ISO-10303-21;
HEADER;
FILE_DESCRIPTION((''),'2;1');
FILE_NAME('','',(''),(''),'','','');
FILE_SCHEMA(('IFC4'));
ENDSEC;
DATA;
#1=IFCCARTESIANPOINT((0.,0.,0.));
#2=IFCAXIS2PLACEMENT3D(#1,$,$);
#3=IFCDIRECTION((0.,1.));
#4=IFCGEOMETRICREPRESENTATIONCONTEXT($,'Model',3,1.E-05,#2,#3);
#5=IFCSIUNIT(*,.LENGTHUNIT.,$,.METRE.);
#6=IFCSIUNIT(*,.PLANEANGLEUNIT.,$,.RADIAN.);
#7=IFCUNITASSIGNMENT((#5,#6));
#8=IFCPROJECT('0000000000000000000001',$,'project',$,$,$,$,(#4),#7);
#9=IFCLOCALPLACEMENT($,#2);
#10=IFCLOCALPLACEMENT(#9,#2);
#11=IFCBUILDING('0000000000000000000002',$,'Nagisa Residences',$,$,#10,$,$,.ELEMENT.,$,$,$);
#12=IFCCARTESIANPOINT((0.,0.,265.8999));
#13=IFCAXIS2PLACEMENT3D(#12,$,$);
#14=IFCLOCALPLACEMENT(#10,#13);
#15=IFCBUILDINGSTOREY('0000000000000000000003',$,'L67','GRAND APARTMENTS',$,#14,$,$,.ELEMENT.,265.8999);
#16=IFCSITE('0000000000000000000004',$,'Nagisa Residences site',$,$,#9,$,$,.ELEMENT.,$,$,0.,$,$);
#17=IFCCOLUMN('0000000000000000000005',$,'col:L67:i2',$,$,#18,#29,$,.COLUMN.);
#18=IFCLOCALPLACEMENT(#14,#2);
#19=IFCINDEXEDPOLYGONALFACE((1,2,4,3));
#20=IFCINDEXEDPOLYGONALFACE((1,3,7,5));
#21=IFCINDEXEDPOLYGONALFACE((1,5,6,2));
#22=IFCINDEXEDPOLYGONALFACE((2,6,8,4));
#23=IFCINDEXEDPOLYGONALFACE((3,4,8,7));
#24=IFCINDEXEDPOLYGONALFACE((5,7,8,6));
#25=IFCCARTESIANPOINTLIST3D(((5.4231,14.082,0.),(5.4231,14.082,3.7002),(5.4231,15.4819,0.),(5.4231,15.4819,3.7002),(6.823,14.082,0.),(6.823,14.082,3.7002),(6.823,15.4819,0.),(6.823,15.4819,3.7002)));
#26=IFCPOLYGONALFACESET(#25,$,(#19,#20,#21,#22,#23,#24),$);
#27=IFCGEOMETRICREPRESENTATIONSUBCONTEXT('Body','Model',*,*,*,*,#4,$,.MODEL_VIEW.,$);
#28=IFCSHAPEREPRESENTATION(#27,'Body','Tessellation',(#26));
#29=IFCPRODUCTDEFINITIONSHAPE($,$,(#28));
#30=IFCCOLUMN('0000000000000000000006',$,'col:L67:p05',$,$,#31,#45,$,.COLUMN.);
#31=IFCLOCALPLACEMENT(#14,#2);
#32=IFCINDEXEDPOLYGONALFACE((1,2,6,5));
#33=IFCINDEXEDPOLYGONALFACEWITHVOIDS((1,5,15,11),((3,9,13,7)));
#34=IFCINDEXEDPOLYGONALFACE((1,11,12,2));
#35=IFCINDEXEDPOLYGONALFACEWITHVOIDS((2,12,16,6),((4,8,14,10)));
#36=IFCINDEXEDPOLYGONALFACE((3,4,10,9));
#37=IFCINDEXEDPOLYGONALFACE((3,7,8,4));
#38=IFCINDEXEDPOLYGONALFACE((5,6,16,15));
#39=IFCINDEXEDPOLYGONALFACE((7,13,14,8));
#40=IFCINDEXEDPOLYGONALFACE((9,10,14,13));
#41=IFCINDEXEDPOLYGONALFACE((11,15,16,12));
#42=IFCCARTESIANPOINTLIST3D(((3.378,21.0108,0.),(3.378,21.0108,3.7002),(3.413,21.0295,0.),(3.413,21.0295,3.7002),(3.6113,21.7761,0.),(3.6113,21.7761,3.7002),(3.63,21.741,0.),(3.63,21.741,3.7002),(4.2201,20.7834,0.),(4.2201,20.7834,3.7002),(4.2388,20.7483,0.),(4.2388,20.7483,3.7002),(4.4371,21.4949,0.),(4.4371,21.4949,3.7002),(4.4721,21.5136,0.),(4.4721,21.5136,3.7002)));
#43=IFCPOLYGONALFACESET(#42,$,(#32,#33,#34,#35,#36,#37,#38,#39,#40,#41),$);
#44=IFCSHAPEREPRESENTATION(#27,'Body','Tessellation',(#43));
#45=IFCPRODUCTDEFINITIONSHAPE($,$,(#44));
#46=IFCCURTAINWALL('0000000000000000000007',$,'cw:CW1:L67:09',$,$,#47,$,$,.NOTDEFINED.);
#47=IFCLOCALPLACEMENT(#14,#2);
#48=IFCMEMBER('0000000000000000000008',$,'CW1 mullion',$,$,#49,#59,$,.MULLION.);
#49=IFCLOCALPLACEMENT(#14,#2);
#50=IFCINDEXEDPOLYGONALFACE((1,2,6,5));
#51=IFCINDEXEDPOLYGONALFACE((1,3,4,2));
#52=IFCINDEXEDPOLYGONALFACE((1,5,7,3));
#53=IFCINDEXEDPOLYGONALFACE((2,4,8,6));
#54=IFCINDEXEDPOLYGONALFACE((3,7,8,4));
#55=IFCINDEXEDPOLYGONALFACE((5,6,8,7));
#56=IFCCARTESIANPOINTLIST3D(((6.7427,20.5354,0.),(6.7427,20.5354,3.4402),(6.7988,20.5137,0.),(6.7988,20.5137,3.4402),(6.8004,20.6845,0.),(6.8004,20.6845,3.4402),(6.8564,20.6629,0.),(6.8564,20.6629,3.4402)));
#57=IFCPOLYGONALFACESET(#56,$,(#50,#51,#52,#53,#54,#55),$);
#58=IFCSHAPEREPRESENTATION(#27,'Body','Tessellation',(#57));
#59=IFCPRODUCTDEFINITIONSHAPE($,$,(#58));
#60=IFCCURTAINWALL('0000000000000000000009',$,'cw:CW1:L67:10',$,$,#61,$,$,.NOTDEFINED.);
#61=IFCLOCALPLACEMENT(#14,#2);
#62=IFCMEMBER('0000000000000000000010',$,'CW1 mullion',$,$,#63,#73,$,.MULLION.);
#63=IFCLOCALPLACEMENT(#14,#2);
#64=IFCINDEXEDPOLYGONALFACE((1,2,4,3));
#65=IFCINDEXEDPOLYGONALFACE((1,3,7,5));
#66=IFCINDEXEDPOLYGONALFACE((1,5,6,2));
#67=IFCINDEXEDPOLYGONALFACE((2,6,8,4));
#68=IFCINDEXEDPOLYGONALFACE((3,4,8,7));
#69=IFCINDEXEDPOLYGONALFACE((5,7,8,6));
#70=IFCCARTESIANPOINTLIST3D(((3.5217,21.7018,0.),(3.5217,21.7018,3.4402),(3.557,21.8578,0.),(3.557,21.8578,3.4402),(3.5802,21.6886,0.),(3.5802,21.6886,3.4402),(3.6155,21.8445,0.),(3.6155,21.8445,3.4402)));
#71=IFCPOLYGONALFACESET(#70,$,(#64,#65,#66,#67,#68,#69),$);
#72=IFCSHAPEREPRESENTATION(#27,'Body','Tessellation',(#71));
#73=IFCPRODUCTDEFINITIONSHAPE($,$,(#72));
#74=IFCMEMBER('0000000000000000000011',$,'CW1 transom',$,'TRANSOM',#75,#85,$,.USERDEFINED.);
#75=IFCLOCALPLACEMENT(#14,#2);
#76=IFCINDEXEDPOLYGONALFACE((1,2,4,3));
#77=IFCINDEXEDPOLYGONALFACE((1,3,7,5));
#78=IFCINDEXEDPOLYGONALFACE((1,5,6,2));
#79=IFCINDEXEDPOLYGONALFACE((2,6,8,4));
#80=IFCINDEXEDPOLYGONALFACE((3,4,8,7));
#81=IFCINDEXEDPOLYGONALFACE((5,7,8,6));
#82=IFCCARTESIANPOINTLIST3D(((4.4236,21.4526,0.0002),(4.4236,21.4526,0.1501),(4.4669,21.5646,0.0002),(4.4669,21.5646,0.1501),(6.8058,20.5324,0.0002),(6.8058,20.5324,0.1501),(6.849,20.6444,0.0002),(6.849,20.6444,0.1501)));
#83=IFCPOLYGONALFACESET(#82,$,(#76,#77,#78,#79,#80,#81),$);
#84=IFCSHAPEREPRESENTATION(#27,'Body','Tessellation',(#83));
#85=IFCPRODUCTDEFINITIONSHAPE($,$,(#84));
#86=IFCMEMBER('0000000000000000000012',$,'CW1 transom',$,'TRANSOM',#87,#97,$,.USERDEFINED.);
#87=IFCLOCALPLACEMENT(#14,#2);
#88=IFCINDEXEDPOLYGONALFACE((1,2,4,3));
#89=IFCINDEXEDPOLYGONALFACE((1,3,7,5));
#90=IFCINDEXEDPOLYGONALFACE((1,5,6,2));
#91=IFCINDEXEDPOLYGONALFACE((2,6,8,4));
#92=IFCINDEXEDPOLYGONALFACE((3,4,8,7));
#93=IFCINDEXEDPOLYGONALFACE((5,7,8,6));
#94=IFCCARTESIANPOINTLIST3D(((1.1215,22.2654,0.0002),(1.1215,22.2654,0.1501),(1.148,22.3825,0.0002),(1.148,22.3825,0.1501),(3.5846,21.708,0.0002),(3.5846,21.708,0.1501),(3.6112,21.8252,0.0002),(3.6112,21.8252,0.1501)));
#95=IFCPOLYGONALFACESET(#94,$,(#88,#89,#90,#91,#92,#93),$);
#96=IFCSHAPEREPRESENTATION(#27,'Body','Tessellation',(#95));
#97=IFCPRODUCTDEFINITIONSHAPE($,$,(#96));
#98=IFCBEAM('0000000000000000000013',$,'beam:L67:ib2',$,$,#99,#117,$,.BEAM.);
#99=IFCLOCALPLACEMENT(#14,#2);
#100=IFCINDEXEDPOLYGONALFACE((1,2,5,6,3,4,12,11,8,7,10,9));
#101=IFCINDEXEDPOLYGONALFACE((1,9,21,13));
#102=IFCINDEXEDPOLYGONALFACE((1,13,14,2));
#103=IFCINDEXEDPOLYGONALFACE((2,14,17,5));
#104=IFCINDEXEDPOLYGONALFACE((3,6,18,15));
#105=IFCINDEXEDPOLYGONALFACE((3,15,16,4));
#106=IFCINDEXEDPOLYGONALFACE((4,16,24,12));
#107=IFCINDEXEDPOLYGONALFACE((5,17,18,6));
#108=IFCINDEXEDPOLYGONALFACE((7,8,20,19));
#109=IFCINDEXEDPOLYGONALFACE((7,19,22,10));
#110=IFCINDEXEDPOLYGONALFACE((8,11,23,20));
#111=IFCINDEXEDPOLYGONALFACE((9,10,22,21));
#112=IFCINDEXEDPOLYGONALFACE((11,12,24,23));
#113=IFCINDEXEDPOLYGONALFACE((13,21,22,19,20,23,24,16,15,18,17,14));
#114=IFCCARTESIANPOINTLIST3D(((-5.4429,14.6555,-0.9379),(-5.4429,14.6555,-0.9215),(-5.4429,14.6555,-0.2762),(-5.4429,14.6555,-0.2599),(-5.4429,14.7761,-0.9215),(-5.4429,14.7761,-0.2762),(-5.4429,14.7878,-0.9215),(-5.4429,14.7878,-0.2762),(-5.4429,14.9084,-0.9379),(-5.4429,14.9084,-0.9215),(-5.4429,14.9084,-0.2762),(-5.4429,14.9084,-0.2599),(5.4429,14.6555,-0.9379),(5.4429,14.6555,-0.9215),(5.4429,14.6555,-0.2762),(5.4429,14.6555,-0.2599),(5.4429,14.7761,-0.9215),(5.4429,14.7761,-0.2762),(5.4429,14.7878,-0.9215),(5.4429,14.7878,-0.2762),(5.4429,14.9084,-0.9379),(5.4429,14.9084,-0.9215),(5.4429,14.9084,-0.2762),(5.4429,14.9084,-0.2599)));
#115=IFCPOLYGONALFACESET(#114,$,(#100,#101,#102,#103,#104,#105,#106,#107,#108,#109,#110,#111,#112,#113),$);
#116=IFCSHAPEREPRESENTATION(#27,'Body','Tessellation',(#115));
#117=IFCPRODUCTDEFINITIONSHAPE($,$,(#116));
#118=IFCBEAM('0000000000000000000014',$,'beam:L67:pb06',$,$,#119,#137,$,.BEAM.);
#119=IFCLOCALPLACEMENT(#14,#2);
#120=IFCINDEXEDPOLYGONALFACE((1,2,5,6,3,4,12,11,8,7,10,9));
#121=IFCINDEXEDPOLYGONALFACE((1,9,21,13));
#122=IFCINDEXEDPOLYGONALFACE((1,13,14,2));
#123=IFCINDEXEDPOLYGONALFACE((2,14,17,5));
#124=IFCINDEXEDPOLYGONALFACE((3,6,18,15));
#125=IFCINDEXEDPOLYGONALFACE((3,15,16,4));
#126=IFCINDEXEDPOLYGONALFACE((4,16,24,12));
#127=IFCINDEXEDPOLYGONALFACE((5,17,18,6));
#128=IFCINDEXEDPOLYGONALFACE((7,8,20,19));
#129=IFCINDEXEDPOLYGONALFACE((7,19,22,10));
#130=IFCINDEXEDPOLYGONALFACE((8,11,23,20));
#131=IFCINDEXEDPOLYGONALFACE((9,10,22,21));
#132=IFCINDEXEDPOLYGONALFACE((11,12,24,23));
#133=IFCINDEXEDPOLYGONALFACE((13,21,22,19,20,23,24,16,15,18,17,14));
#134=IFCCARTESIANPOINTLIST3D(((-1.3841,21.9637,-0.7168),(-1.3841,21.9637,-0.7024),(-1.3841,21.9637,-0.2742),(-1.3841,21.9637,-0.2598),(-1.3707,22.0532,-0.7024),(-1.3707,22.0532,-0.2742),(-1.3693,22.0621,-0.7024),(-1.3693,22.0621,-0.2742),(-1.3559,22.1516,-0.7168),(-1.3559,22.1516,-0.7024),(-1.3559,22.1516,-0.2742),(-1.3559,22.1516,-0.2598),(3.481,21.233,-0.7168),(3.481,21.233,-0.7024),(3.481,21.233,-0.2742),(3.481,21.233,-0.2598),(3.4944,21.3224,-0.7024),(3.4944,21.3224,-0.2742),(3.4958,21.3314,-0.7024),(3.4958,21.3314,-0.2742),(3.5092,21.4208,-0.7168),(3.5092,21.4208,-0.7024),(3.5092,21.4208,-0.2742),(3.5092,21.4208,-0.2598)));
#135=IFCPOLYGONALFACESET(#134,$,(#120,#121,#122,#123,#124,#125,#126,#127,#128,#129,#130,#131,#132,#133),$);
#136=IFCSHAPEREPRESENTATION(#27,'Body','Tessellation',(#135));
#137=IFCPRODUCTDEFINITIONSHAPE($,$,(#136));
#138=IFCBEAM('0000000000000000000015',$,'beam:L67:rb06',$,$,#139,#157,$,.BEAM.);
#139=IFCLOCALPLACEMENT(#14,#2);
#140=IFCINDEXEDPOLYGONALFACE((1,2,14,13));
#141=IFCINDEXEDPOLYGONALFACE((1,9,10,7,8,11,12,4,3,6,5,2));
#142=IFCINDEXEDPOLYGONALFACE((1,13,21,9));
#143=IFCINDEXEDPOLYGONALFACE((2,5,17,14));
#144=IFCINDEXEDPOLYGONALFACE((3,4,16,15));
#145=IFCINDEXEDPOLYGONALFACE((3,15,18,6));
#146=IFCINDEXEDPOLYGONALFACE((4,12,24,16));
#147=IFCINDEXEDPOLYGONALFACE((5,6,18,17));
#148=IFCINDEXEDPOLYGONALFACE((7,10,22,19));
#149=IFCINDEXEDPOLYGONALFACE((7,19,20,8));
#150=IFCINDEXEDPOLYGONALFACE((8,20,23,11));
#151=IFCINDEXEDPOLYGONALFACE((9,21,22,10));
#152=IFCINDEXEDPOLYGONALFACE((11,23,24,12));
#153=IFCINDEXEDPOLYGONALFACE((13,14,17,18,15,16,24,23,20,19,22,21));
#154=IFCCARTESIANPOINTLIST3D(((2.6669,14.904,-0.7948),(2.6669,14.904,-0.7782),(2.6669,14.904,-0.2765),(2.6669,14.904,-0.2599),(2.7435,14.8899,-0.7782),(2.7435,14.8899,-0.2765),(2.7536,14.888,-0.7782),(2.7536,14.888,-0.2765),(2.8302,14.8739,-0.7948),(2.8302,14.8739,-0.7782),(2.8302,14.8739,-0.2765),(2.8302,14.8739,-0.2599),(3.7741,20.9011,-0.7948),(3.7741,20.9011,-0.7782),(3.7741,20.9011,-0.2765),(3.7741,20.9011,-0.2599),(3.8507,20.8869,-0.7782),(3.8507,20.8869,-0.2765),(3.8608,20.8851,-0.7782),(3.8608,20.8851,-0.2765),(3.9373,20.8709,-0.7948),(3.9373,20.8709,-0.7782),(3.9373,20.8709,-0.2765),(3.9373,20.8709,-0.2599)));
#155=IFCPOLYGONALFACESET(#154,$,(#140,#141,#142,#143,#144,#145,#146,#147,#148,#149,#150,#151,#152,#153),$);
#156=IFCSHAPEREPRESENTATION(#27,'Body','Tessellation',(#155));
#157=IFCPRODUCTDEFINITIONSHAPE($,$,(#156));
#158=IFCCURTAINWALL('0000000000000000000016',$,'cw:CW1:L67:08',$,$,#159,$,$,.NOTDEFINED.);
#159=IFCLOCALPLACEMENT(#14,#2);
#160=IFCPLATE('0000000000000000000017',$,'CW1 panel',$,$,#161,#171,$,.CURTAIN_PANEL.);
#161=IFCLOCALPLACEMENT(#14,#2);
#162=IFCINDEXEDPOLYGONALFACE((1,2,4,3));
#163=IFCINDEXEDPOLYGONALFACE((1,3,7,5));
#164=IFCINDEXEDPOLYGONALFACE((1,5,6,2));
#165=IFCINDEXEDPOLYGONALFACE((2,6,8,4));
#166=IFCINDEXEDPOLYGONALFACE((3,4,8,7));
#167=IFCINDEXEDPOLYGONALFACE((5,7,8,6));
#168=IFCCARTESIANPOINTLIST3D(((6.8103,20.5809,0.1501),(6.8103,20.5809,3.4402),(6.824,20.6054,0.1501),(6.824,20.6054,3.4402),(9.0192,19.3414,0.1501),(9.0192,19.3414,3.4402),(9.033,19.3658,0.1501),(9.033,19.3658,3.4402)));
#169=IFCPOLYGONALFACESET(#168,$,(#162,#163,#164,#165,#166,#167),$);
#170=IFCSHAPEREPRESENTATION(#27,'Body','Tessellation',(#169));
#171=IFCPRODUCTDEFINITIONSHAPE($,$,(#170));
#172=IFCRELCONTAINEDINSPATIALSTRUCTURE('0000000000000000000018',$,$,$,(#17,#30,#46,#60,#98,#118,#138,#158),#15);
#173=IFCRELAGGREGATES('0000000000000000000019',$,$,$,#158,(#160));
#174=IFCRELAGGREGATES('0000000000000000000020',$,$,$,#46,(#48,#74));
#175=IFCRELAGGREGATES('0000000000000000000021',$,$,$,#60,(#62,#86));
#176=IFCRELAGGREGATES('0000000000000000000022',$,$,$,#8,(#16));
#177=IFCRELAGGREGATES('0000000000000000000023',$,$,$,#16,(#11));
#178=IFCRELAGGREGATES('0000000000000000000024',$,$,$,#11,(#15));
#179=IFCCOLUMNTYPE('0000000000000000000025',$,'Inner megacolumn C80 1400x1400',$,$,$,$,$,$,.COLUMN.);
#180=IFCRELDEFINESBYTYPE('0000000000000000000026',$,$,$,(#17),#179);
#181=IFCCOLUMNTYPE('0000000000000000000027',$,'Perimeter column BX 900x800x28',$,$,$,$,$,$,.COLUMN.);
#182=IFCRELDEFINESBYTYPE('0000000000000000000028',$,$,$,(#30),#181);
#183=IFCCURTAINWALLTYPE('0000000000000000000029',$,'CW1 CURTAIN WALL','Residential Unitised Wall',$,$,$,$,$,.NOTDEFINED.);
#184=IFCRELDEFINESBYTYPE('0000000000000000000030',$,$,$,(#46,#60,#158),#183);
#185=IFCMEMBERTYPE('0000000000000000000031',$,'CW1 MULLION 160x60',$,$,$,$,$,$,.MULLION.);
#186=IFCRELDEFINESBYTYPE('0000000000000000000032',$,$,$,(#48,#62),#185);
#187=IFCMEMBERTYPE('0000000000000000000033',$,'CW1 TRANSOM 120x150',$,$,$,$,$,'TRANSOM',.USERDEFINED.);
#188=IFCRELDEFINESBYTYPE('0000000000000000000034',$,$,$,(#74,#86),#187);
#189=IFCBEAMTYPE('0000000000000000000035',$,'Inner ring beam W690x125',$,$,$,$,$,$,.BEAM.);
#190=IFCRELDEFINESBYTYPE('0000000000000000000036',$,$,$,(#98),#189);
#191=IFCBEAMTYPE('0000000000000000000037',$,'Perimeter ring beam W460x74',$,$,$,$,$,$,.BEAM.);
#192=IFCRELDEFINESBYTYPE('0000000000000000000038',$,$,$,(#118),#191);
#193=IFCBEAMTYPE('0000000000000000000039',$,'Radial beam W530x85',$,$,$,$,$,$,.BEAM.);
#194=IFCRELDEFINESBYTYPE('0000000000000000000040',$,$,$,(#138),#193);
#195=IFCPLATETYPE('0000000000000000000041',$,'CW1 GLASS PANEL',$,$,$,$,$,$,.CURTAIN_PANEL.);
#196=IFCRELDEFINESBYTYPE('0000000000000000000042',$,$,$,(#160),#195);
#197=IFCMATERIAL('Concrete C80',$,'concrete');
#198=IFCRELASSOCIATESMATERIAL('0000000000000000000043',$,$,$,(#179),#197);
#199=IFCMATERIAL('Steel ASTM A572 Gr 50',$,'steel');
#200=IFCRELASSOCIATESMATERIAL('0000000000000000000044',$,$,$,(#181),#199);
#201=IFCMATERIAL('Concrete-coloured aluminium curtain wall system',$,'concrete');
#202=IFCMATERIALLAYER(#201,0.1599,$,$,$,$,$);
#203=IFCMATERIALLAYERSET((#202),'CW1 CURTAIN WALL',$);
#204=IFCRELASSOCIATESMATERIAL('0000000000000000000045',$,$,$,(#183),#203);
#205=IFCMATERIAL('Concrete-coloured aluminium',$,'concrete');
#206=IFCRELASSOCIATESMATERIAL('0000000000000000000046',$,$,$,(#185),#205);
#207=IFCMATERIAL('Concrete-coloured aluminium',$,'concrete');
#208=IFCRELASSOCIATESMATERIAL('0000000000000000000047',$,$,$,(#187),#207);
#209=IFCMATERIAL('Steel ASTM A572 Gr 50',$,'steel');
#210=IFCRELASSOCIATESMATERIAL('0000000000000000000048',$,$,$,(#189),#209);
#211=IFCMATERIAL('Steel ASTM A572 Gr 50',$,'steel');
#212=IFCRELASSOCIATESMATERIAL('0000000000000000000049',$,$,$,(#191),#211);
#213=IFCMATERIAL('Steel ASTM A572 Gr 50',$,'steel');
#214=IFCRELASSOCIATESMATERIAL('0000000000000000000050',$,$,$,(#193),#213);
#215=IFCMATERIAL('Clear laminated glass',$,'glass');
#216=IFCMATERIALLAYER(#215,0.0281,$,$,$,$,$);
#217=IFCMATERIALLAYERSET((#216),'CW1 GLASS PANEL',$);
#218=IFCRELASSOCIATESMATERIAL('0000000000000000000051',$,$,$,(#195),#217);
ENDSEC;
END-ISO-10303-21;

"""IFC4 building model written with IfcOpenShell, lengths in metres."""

from ifc_helpers import new_model, si_unit, direction, frame, origin, origin_2d, place, context, subcontext, project, spatial, rectangle, hollow_rectangle, i_section, extrude, material, layer, layer_set, material_profile, profile_set, type_object, element, aggregate, save


model = new_model("IFC4")

# Units and contexts
model_context = context("Model", 3, precision=1e-05, world=origin(), true_north=direction((0.0, 1.0)))
body_context = subcontext(model_context, "Body", "Model", "MODEL_VIEW")
ifc_project = project(units=[si_unit("LENGTHUNIT", "METRE"), si_unit("PLANEANGLEUNIT", "RADIAN")], contexts=[model_context])

# Site, building, storey
site_placement = place(None, origin())
site = spatial("IfcSite", under=ifc_project, at=site_placement, Name="Nagisa Residences site", CompositionType="ELEMENT", RefElevation=0.0)
building_placement = place(site_placement, origin())
building = spatial("IfcBuilding", under=site, at=building_placement, Name="Nagisa Residences", CompositionType="ELEMENT")
storey_placement = place(building_placement, frame((0.0, 0.0, 265.8999)))
storey = spatial("IfcBuildingStorey", under=building, at=storey_placement, Name="L67", Description="GRAND APARTMENTS", CompositionType="ELEMENT", Elevation=265.8999)

# Columns
ifc_material_1 = material(Name="Concrete C80", Category="concrete")
ifc_material_profile_1 = material_profile(ifc_material_1, rectangle(XDim=1.3999, YDim=1.3999, at=origin_2d()), Name="C80 1400x1400")
ifc_profile_set_1 = profile_set([ifc_material_profile_1], Name="Concrete C80")
column_type_1 = type_object("IfcColumnType", Name="Inner megacolumn C80 1400x1400", PredefinedType="COLUMN", material=ifc_profile_set_1)
column_1_placement = place(storey_placement, frame((6.123, 14.782, 0.0), z_axis=(0.0, 0.0, 1.0), x_axis=(1.0, 0.0, 0.0)))
element("IfcColumn", 1, at=column_1_placement, inside=storey, type_object=column_type_1, Name="col:L67:i2", PredefinedType="COLUMN", context=body_context, shape_type="SweptSolid", body=[
    extrude(rectangle(XDim=1.3999, YDim=1.3999, at=origin_2d()), origin(), (0.0, 0.0, 1.0), 3.7002),
])
ifc_material_2 = material(Name="Steel ASTM A572 Gr 50", Category="steel")
ifc_material_profile_2 = material_profile(ifc_material_2, hollow_rectangle(XDim=0.8999, YDim=0.8, WallThickness=0.0281, at=origin_2d()), Name="BX 900x800x28")
ifc_profile_set_2 = profile_set([ifc_material_profile_2], Name="Steel ASTM A572 Gr 50")
column_type_2 = type_object("IfcColumnType", Name="Perimeter column BX 900x800x28", PredefinedType="COLUMN", material=ifc_profile_set_2)
column_2_placement = place(storey_placement, frame((3.925, 21.2622, 0.0), z_axis=(0.0, 0.0, 1.0), x_axis=(-0.956525, 0.291652, 0.0)))
element("IfcColumn", 2, at=column_2_placement, inside=storey, type_object=column_type_2, Name="col:L67:p05", PredefinedType="COLUMN", context=body_context, shape_type="SweptSolid", body=[
    extrude(hollow_rectangle(XDim=0.8999, YDim=0.8, WallThickness=0.0281, at=origin_2d()), origin(), (0.0, 0.0, 1.0), 3.7002),
])

# Curtain walls, members
ifc_material_3 = material(Name="Concrete-coloured aluminium curtain wall system", Category="concrete")
ifc_layer_1 = layer(ifc_material_3, 0.1599)
ifc_layer_set_1 = layer_set([ifc_layer_1], Name="CW1 CURTAIN WALL")
curtain_wall_type = type_object("IfcCurtainWallType", Name="CW1 CURTAIN WALL", Description="Residential Unitised Wall", PredefinedType="NOTDEFINED", material=ifc_layer_set_1)
curtain_wall_1_placement = place(storey_placement, origin())
curtain_wall_1 = element("IfcCurtainWall", 3, at=curtain_wall_1_placement, inside=storey, type_object=curtain_wall_type, Name="cw:CW1:L67:09", PredefinedType="NOTDEFINED")
ifc_material_4 = material(Name="Concrete-coloured aluminium", Category="concrete")
ifc_material_profile_3 = material_profile(ifc_material_4, rectangle(XDim=0.1599, YDim=0.0601, at=origin_2d()), Name="CW1 MULLION 160x60")
ifc_profile_set_3 = profile_set([ifc_material_profile_3], Name="Concrete-coloured aluminium")
member_type_1 = type_object("IfcMemberType", Name="CW1 MULLION 160x60", PredefinedType="MULLION", material=ifc_profile_set_3)
member_1_placement = place(storey_placement, frame((6.7996, 20.5991, 0.0), z_axis=(0.0, 0.0, 1.0), x_axis=(-0.360328, -0.932826, 0.0)))
member_1 = element("IfcMember", 4, at=member_1_placement, type_object=member_type_1, Name="CW1 mullion", PredefinedType="MULLION", context=body_context, shape_type="SweptSolid", body=[
    extrude(rectangle(XDim=0.1599, YDim=0.0601, at=origin_2d()), origin(), (0.0, 0.0, 1.0), 3.4402),
])
curtain_wall_2_placement = place(storey_placement, origin())
curtain_wall_2 = element("IfcCurtainWall", 5, at=curtain_wall_2_placement, inside=storey, type_object=curtain_wall_type, Name="cw:CW1:L67:10", PredefinedType="NOTDEFINED")
member_2_placement = place(storey_placement, frame((3.5686, 21.7732, 0.0), z_axis=(0.0, 0.0, 1.0), x_axis=(-0.220764, -0.975327, 0.0)))
member_2 = element("IfcMember", 6, at=member_2_placement, type_object=member_type_1, Name="CW1 mullion", PredefinedType="MULLION", context=body_context, shape_type="SweptSolid", body=[
    extrude(rectangle(XDim=0.1599, YDim=0.0601, at=origin_2d()), origin(), (0.0, 0.0, 1.0), 3.4402),
])

# Members
ifc_material_5 = material(Name="Concrete-coloured aluminium", Category="concrete")
ifc_material_profile_4 = material_profile(ifc_material_5, rectangle(XDim=0.1201, YDim=0.1499, at=origin_2d()), Name="CW1 TRANSOM 120x150")
ifc_profile_set_4 = profile_set([ifc_material_profile_4], Name="Concrete-coloured aluminium")
member_type_2 = type_object("IfcMemberType", Name="CW1 TRANSOM 120x150", ElementType="TRANSOM", PredefinedType="USERDEFINED", material=ifc_profile_set_4)
member_3_placement = place(storey_placement, frame((6.8274, 20.5884, 0.0752), z_axis=(-0.932822, 0.360337, 0.0), x_axis=(-0.360337, -0.932822, 0.0)))
member_3 = element("IfcMember", 7, at=member_3_placement, type_object=member_type_2, Name="CW1 transom", ObjectType="TRANSOM", PredefinedType="USERDEFINED", context=body_context, shape_type="SweptSolid", body=[
    extrude(rectangle(XDim=0.1201, YDim=0.1499, at=origin_2d()), origin(), (0.0, 0.0, 1.0), 2.5537),
])
member_4_placement = place(storey_placement, frame((3.5979, 21.7666, 0.0752), z_axis=(-0.97534, 0.220706, 0.0), x_axis=(-0.220706, -0.97534, 0.0)))
member_4 = element("IfcMember", 8, at=member_4_placement, type_object=member_type_2, Name="CW1 transom", ObjectType="TRANSOM", PredefinedType="USERDEFINED", context=body_context, shape_type="SweptSolid", body=[
    extrude(rectangle(XDim=0.1201, YDim=0.1499, at=origin_2d()), origin(), (0.0, 0.0, 1.0), 2.5254),
])

# Beams
ifc_material_6 = material(Name="Steel ASTM A572 Gr 50", Category="steel")
ifc_material_profile_5 = material_profile(ifc_material_6, i_section(OverallWidth=0.2529, OverallDepth=0.678, WebThickness=0.0117, FlangeThickness=0.0164, at=origin_2d()), Name="W690x125")
ifc_profile_set_5 = profile_set([ifc_material_profile_5], Name="Steel ASTM A572 Gr 50")
beam_type_1 = type_object("IfcBeamType", Name="Inner ring beam W690x125", PredefinedType="BEAM", material=ifc_profile_set_5)
beam_1_placement = place(storey_placement, frame((5.4429, 14.782, -0.5989), z_axis=(-1.0, 0.0, 0.0), x_axis=(0.0, -1.0, 0.0)))
element("IfcBeam", 9, at=beam_1_placement, inside=storey, type_object=beam_type_1, Name="beam:L67:ib2", PredefinedType="BEAM", context=body_context, shape_type="SweptSolid", body=[
    extrude(i_section(OverallWidth=0.2529, OverallDepth=0.678, WebThickness=0.0117, FlangeThickness=0.0164, at=origin_2d()), origin(), (0.0, 0.0, 1.0), 10.8857),
])
ifc_material_7 = material(Name="Steel ASTM A572 Gr 50", Category="steel")
ifc_material_profile_6 = material_profile(ifc_material_7, i_section(OverallWidth=0.1899, OverallDepth=0.457, WebThickness=0.009, FlangeThickness=0.0144, at=origin_2d()), Name="W460x74")
ifc_profile_set_6 = profile_set([ifc_material_profile_6], Name="Steel ASTM A572 Gr 50")
beam_type_2 = type_object("IfcBeamType", Name="Perimeter ring beam W460x74", PredefinedType="BEAM", material=ifc_profile_set_6)
beam_2_placement = place(storey_placement, frame((3.4951, 21.3269, -0.4883), z_axis=(-0.988908, 0.148532, 0.0), x_axis=(-0.148532, -0.988908, 0.0)))
element("IfcBeam", 10, at=beam_2_placement, inside=storey, type_object=beam_type_2, Name="beam:L67:pb06", PredefinedType="BEAM", context=body_context, shape_type="SweptSolid", body=[
    extrude(i_section(OverallWidth=0.1899, OverallDepth=0.457, WebThickness=0.009, FlangeThickness=0.0144, at=origin_2d()), origin(), (0.0, 0.0, 1.0), 4.9197),
])
ifc_material_8 = material(Name="Steel ASTM A572 Gr 50", Category="steel")
ifc_material_profile_7 = material_profile(ifc_material_8, i_section(OverallWidth=0.166, OverallDepth=0.5349, WebThickness=0.0103, FlangeThickness=0.0166, at=origin_2d()), Name="W530x85")
ifc_profile_set_7 = profile_set([ifc_material_profile_7], Name="Steel ASTM A572 Gr 50")
beam_type_3 = type_object("IfcBeamType", Name="Radial beam W530x85", PredefinedType="BEAM", material=ifc_profile_set_7)
beam_3_placement = place(storey_placement, frame((3.8557, 20.886, -0.5273), z_axis=(-0.181552, -0.983381, 0.0), x_axis=(0.983381, -0.181552, 0.0)))
element("IfcBeam", 11, at=beam_3_placement, inside=storey, type_object=beam_type_3, Name="beam:L67:rb06", PredefinedType="BEAM", context=body_context, shape_type="SweptSolid", body=[
    extrude(i_section(OverallWidth=0.166, OverallDepth=0.5349, WebThickness=0.0103, FlangeThickness=0.0166, at=origin_2d()), origin(), (0.0, 0.0, 1.0), 6.0984),
])

# Curtain wall, plate
curtain_wall_3_placement = place(storey_placement, origin())
curtain_wall_3 = element("IfcCurtainWall", 12, at=curtain_wall_3_placement, inside=storey, type_object=curtain_wall_type, Name="cw:CW1:L67:08", PredefinedType="NOTDEFINED")
ifc_material_9 = material(Name="Clear laminated glass", Category="glass")
ifc_layer_2 = layer(ifc_material_9, 0.0281)
ifc_layer_set_2 = layer_set([ifc_layer_2], Name="CW1 GLASS PANEL")
plate_type = type_object("IfcPlateType", Name="CW1 GLASS PANEL", PredefinedType="CURTAIN_PANEL", material=ifc_layer_set_2)
plate_1_placement = place(storey_placement, frame((7.9216, 19.9734, 0.1501), z_axis=(0.0, 0.0, 1.0), x_axis=(-0.872072, 0.489377, 0.0)))
plate_1 = element("IfcPlate", 13, at=plate_1_placement, type_object=plate_type, Name="CW1 panel", PredefinedType="CURTAIN_PANEL", context=body_context, shape_type="SweptSolid", body=[
    extrude(rectangle(XDim=2.533, YDim=0.0281, at=origin_2d()), origin(), (0.0, 0.0, 1.0), 3.29),
])
aggregate(curtain_wall_3, [plate_1])

aggregate(curtain_wall_1, [member_1, member_3])
aggregate(curtain_wall_2, [member_2, member_4])

save(model, "model.ifc")
